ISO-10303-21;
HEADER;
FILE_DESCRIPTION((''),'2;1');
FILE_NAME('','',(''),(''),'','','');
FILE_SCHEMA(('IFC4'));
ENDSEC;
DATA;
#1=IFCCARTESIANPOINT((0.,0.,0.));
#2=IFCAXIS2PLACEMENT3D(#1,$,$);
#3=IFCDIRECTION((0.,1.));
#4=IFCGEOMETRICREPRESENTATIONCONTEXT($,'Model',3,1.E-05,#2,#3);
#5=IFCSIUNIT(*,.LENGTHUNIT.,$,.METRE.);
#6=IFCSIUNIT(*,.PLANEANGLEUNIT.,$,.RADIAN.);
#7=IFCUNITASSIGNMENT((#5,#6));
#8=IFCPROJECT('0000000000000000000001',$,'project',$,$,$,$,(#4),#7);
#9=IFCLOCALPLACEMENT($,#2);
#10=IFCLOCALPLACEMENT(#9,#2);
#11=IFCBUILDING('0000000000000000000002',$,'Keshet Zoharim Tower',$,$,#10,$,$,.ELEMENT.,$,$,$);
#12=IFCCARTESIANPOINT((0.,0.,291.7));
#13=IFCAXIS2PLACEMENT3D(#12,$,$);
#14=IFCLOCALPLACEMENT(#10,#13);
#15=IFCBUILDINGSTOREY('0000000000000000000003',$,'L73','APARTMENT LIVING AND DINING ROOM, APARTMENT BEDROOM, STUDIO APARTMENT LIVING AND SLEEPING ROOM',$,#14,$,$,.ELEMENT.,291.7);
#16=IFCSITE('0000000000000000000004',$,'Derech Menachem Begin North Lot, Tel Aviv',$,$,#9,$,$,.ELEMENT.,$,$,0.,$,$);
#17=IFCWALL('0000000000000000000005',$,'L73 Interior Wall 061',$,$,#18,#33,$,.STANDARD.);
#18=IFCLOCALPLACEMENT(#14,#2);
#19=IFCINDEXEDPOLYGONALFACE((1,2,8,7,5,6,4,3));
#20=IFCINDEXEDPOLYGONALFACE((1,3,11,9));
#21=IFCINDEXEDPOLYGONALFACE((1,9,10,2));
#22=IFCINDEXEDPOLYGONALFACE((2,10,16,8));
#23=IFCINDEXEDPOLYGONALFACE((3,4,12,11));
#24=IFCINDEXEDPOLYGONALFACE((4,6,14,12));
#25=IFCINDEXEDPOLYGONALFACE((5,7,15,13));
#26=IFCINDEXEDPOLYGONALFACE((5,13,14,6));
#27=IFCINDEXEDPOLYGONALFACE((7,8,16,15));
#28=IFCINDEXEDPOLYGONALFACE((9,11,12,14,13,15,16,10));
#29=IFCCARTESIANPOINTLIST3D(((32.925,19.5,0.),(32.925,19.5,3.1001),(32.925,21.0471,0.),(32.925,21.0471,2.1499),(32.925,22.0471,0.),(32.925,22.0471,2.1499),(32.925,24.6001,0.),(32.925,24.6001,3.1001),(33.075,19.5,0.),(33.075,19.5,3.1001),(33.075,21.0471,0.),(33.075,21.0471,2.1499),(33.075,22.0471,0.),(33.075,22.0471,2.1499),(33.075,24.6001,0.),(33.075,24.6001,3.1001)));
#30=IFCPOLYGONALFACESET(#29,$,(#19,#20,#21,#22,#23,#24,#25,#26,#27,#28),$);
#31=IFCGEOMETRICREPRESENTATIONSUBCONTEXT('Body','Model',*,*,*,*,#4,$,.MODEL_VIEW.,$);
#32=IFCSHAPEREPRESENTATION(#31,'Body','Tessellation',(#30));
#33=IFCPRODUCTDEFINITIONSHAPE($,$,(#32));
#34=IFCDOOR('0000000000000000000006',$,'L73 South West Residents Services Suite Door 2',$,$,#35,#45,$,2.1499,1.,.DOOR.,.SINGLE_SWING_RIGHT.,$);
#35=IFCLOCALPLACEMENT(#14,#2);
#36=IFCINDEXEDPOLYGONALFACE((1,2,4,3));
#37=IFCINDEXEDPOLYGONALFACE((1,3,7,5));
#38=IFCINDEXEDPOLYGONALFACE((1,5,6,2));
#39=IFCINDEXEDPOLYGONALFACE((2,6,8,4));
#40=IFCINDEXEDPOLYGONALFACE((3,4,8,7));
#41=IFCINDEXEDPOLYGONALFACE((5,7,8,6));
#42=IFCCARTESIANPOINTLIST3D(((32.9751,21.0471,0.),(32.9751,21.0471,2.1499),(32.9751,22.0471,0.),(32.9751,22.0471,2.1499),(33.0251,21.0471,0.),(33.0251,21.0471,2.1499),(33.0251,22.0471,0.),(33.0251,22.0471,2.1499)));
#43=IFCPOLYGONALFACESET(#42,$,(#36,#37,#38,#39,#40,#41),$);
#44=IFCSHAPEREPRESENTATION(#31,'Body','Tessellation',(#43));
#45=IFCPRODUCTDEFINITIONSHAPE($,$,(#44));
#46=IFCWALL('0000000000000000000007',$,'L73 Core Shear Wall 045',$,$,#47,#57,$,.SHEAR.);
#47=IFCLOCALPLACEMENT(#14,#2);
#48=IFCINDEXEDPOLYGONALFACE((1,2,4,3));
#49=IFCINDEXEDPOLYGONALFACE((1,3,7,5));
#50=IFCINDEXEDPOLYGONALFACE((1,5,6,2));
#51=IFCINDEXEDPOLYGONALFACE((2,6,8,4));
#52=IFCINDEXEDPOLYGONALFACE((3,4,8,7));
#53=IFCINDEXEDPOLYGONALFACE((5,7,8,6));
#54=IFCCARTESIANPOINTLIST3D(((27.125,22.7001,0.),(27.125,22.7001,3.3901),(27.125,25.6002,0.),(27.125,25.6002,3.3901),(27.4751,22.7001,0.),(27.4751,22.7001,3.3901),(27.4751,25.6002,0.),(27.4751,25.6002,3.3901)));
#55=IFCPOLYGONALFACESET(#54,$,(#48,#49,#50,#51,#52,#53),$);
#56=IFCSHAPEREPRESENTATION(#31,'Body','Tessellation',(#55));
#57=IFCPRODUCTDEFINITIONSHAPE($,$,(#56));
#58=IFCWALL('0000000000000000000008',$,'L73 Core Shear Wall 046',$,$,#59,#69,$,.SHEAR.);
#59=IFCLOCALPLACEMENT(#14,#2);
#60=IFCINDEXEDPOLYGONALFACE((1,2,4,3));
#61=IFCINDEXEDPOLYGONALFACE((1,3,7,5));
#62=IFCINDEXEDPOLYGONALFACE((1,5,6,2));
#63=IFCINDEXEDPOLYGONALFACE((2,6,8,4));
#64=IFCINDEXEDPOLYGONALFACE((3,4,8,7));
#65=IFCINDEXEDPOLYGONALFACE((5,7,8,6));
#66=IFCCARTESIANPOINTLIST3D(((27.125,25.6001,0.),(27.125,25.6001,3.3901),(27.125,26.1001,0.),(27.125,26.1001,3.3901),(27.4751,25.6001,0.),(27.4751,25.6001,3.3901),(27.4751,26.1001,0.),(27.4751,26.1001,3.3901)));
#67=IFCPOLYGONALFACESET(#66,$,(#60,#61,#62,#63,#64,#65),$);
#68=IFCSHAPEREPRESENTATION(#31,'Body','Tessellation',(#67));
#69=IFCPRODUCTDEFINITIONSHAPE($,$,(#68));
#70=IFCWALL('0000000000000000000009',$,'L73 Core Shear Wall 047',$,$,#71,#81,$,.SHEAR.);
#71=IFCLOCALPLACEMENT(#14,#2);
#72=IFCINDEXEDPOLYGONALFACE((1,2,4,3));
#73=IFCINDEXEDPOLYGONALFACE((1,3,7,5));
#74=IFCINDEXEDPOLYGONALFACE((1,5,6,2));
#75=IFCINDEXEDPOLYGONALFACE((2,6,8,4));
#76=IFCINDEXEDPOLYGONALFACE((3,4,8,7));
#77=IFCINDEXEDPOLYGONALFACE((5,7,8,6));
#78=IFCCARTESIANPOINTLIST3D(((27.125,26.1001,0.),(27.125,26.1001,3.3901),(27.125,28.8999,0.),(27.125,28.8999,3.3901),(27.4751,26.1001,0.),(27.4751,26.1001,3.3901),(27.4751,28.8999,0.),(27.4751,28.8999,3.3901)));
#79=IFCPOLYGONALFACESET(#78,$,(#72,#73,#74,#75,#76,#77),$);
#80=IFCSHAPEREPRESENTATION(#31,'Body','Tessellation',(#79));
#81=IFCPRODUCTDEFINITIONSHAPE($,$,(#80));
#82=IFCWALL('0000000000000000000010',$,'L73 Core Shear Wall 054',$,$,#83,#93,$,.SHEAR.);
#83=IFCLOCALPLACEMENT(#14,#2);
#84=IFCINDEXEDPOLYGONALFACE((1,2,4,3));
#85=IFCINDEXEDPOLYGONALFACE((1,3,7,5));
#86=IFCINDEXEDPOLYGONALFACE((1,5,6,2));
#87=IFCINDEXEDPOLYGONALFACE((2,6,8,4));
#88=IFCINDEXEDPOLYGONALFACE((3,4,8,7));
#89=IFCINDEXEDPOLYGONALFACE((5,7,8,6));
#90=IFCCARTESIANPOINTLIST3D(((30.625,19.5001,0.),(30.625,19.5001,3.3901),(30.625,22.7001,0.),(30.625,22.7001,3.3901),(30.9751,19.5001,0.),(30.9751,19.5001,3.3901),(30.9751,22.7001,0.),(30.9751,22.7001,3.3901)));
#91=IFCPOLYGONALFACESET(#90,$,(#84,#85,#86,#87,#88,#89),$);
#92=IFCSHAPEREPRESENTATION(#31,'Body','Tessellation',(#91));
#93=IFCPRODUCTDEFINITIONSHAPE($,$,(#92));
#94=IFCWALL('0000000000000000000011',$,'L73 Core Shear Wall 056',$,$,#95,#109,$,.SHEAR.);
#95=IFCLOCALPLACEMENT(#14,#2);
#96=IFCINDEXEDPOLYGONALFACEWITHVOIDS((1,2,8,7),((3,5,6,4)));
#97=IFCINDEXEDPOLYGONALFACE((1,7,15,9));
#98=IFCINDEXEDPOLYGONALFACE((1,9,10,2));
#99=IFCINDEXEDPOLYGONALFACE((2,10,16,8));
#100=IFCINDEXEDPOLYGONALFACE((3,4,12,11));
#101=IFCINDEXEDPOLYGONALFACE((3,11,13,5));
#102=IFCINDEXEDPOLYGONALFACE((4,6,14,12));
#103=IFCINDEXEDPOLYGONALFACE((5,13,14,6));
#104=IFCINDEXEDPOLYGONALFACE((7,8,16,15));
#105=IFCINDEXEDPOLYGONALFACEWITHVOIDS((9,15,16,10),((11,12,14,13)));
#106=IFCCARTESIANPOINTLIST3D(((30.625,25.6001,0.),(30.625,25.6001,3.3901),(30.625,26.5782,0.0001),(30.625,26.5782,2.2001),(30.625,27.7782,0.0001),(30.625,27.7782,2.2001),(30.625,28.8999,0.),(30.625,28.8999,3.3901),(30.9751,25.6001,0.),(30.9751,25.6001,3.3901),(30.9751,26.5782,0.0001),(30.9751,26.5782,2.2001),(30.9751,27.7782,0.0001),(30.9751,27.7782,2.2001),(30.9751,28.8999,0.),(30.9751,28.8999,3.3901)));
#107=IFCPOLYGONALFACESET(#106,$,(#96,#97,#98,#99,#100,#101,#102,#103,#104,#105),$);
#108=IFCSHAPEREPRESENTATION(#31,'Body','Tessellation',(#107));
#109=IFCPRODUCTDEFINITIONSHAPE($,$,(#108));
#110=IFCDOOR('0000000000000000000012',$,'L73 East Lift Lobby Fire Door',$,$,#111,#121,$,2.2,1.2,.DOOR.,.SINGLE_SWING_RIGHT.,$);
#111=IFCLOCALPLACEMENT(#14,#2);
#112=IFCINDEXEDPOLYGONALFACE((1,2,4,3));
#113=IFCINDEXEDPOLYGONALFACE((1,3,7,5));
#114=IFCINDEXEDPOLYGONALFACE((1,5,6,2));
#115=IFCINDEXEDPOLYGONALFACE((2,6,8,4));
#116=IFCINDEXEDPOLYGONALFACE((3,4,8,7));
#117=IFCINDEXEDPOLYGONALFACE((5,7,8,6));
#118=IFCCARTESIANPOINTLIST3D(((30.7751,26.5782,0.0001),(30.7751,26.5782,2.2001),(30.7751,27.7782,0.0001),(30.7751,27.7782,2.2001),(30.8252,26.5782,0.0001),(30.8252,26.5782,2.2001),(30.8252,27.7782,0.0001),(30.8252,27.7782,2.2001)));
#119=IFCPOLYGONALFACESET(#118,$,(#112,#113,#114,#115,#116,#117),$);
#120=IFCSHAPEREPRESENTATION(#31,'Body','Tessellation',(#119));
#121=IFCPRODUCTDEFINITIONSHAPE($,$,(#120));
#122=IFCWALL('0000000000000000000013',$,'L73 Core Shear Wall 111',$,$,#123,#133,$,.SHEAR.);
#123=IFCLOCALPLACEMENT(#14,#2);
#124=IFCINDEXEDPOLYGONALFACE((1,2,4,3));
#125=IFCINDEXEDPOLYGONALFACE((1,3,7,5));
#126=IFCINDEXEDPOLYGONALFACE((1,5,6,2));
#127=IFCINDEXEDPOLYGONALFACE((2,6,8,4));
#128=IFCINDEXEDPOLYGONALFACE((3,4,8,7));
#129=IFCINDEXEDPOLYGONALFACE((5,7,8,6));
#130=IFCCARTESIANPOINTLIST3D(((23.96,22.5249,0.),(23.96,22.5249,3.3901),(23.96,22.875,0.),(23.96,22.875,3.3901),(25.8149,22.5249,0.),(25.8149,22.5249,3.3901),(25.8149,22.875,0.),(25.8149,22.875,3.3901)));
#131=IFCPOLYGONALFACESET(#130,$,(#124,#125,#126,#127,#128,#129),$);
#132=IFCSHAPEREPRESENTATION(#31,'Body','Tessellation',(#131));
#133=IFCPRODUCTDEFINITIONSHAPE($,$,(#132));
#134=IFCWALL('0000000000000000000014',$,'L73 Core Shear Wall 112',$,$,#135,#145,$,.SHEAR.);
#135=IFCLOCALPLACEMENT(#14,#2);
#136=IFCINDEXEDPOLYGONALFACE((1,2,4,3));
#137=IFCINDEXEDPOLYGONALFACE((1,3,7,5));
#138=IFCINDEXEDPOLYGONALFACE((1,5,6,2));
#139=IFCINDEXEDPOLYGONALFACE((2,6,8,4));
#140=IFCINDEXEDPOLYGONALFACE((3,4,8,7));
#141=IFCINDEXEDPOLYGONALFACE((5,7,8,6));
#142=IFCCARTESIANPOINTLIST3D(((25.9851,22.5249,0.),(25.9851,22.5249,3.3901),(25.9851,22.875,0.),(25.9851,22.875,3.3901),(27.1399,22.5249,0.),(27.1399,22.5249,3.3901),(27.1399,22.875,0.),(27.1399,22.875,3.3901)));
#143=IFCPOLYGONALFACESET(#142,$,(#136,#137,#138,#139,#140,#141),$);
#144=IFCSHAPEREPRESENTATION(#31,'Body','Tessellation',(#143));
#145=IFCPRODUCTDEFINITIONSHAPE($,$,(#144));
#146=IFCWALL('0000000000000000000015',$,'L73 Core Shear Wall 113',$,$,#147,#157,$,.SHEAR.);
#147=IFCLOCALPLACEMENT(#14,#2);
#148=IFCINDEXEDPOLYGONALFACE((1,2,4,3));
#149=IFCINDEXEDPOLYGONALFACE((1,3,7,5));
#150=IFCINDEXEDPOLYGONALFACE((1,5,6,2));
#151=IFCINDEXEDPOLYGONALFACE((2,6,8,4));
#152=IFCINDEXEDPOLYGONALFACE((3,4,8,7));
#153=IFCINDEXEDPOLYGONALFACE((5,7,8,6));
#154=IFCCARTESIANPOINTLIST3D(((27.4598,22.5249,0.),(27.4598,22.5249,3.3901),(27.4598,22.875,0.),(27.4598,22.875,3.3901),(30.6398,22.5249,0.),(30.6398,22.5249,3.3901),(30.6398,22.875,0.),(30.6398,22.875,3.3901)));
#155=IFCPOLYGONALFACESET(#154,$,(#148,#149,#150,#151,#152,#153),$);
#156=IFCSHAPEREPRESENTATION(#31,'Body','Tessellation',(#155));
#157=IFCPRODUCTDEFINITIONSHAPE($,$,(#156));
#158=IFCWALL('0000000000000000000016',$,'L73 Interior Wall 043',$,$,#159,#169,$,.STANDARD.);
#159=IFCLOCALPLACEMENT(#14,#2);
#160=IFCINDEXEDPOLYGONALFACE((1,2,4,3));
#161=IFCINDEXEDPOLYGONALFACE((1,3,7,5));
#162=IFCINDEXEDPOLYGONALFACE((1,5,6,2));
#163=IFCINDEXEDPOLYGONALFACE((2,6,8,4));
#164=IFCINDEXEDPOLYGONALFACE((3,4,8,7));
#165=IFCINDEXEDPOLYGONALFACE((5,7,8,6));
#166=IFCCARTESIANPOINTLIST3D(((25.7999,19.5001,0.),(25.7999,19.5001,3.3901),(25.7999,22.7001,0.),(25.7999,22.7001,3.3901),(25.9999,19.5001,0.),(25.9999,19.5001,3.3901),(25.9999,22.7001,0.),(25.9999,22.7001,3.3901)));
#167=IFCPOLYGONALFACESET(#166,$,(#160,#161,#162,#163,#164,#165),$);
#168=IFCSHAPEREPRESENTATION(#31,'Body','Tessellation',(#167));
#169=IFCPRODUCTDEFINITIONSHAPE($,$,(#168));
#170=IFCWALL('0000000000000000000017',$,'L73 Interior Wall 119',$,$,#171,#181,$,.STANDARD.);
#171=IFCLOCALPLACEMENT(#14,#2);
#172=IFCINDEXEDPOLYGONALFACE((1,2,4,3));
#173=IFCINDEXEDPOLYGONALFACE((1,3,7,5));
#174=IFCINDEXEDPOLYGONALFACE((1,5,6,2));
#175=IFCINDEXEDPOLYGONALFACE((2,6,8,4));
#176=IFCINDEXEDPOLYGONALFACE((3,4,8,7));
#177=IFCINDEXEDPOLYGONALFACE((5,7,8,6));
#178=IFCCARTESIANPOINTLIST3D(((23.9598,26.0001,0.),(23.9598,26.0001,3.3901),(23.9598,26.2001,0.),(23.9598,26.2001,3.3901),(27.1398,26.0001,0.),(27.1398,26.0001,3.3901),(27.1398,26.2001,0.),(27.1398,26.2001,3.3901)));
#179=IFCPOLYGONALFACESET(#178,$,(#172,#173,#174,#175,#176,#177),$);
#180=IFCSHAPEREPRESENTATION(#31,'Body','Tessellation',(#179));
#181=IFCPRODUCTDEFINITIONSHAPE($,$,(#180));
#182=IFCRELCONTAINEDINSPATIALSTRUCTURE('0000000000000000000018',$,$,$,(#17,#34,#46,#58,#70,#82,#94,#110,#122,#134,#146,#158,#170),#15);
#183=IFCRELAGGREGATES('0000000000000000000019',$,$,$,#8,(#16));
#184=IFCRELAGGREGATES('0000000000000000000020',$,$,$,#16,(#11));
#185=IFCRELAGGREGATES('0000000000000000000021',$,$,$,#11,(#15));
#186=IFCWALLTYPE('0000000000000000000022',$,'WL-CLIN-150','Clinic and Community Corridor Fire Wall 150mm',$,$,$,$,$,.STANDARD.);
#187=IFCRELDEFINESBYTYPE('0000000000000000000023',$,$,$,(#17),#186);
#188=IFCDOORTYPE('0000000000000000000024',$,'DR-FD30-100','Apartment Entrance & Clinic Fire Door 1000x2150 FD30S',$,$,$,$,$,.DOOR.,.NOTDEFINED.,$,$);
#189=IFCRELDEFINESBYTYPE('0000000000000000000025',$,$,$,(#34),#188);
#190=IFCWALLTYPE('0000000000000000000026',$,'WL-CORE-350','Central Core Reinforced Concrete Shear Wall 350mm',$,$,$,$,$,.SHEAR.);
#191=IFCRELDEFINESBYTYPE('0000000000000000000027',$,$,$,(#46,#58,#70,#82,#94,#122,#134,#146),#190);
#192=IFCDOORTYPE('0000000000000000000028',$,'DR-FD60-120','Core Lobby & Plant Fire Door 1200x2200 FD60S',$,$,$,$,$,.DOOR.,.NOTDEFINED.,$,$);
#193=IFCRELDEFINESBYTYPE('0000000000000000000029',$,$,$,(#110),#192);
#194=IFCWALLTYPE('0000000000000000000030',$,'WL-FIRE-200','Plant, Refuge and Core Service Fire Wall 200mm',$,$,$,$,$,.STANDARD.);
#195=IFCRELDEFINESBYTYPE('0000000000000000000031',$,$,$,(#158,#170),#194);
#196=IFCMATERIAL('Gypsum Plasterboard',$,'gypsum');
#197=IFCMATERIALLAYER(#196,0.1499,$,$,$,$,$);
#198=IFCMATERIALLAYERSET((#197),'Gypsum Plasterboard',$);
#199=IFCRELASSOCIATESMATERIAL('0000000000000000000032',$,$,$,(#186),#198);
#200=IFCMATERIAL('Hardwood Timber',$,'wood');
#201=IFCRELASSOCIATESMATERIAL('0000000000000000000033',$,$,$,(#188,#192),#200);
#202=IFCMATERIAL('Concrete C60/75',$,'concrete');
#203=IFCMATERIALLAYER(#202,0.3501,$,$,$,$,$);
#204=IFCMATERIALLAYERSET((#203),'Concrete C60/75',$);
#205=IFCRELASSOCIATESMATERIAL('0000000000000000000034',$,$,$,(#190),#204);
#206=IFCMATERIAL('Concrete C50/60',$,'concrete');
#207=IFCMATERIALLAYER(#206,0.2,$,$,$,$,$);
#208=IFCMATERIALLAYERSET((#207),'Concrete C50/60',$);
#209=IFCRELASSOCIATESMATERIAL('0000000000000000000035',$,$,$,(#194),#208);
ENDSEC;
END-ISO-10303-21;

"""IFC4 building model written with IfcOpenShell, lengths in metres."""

from ifc_helpers import new_model, si_unit, direction, frame, frame_2d, origin, place, context, subcontext, project, spatial, rectangle, extrude, material, layer, layer_set, type_object, element, fill, save


model = new_model("IFC4")

# Units and contexts
model_context = context("Model", 3, precision=1e-05, world=origin(), true_north=direction((0.0, 1.0)))
body_context = subcontext(model_context, "Body", "Model", "MODEL_VIEW")
ifc_project = project(units=[si_unit("LENGTHUNIT", "METRE"), si_unit("PLANEANGLEUNIT", "RADIAN")], contexts=[model_context])

# Site, building, storey
site_placement = place(None, origin())
site = spatial("IfcSite", under=ifc_project, at=site_placement, Name="Derech Menachem Begin North Lot, Tel Aviv", CompositionType="ELEMENT", RefElevation=0.0)
building_placement = place(site_placement, origin())
building = spatial("IfcBuilding", under=site, at=building_placement, Name="Keshet Zoharim Tower", CompositionType="ELEMENT")
storey_placement = place(building_placement, frame((0.0, 0.0, 291.7)))
storey = spatial("IfcBuildingStorey", under=building, at=storey_placement, Name="L73", Description="APARTMENT LIVING AND DINING ROOM, APARTMENT BEDROOM, STUDIO APARTMENT LIVING AND SLEEPING ROOM", CompositionType="ELEMENT", Elevation=291.7)

# Shared definitions
ifc_material_1 = material(Name="Concrete C50/60", Category="concrete")

# Shared definitions
ifc_material_2 = material(Name="Gypsum Plasterboard", Category="gypsum")
ifc_layer_1 = layer(ifc_material_2, 0.1499)
ifc_layer_set_1 = layer_set([ifc_layer_1], Name="Gypsum Plasterboard")
wall_type_1 = type_object("IfcWallType", Name="WL-CLIN-150", Description="Clinic and Community Corridor Fire Wall 150mm", PredefinedType="STANDARD", material=ifc_layer_set_1)

# Wall, opening, door
wall_1_placement = place(storey_placement, frame((33.0, 19.5, 0.0), z_axis=(0.0, 0.0, 1.0), x_axis=(0.0, 1.0, 0.0)))
wall_1 = element("IfcWall", 1, at=wall_1_placement, inside=storey, type_object=wall_type_1, Name="L73 Interior Wall 061", PredefinedType="STANDARD", context=body_context, shape_type="SweptSolid", body=[
    extrude(rectangle(XDim=5.1001, YDim=0.1499, at=frame_2d((2.55, 0.0))), origin(), (0.0, 0.0, 1.0), 3.1001),
])
opening_1_placement = place(wall_1_placement, frame((1.5471, 0.0, 0.0)))
opening_1 = element("IfcOpeningElement", 2, at=opening_1_placement, cuts=wall_1, PredefinedType="OPENING", context=body_context, shape_type="SweptSolid", body=[
    extrude(rectangle(XDim=1.0, YDim=2.1499, at=frame_2d((0.5, 1.075))), frame((0.0, 0.085, 0.0), z_axis=(0.0, -1.0, 0.0), x_axis=(1.0, 0.0, 0.0)), (0.0, 0.0, 1.0), 0.1699),
])
ifc_material_3 = material(Name="Hardwood Timber", Category="wood")
door_type_1 = type_object("IfcDoorType", Name="DR-FD30-100", Description="Apartment Entrance & Clinic Fire Door 1000x2150 FD30S", OperationType="NOTDEFINED", PredefinedType="DOOR", material=ifc_material_3)
door_1_placement = place(opening_1_placement, origin())
door_1 = element("IfcDoor", 3, at=door_1_placement, inside=storey, type_object=door_type_1, Name="L73 South West Residents Services Suite Door 2", OperationType="SINGLE_SWING_RIGHT", OverallHeight=2.1499, OverallWidth=1.0, PredefinedType="DOOR", context=body_context, shape_type="SweptSolid", body=[
    extrude(rectangle(XDim=1.0, YDim=2.1499, at=frame_2d((0.5, 1.075))), frame((0.0, 0.0249, 0.0), z_axis=(0.0, -1.0, 0.0), x_axis=(1.0, 0.0, 0.0)), (0.0, 0.0, 1.0), 0.05),
])
fill(opening_1, door_1)
ifc_material_4 = material(Name="Concrete C60/75", Category="concrete")
ifc_layer_2 = layer(ifc_material_4, 0.3501)
ifc_layer_set_2 = layer_set([ifc_layer_2], Name="Concrete C60/75")
wall_type_2 = type_object("IfcWallType", Name="WL-CORE-350", Description="Central Core Reinforced Concrete Shear Wall 350mm", PredefinedType="SHEAR", material=ifc_layer_set_2)

# Walls
wall_2_placement = place(storey_placement, frame((27.3, 22.7, 0.0), z_axis=(0.0, 0.0, 1.0), x_axis=(0.0, 1.0, 0.0)))
element("IfcWall", 4, at=wall_2_placement, inside=storey, type_object=wall_type_2, Name="L73 Core Shear Wall 045", PredefinedType="SHEAR", context=body_context, shape_type="SweptSolid", body=[
    extrude(rectangle(XDim=2.9001, YDim=0.3501, at=frame_2d((1.4502, 0.0))), origin(), (0.0, 0.0, 1.0), 3.3901),
])
wall_3_placement = place(storey_placement, frame((27.3, 25.6001, 0.0), z_axis=(0.0, 0.0, 1.0), x_axis=(0.0, 1.0, 0.0)))
element("IfcWall", 5, at=wall_3_placement, inside=storey, type_object=wall_type_2, Name="L73 Core Shear Wall 046", PredefinedType="SHEAR", context=body_context, shape_type="SweptSolid", body=[
    extrude(rectangle(XDim=0.5, YDim=0.3501, at=frame_2d((0.25, 0.0))), origin(), (0.0, 0.0, 1.0), 3.3901),
])
wall_4_placement = place(storey_placement, frame((27.3, 26.1001, 0.0), z_axis=(0.0, 0.0, 1.0), x_axis=(0.0, 1.0, 0.0)))
element("IfcWall", 6, at=wall_4_placement, inside=storey, type_object=wall_type_2, Name="L73 Core Shear Wall 047", PredefinedType="SHEAR", context=body_context, shape_type="SweptSolid", body=[
    extrude(rectangle(XDim=2.7998, YDim=0.3501, at=frame_2d((1.3999, 0.0))), origin(), (0.0, 0.0, 1.0), 3.3901),
])
wall_5_placement = place(storey_placement, frame((30.8, 19.5, 0.0), z_axis=(0.0, 0.0, 1.0), x_axis=(0.0, 1.0, 0.0)))
element("IfcWall", 7, at=wall_5_placement, inside=storey, type_object=wall_type_2, Name="L73 Core Shear Wall 054", PredefinedType="SHEAR", context=body_context, shape_type="SweptSolid", body=[
    extrude(rectangle(XDim=3.2, YDim=0.3501, at=frame_2d((1.6001, 0.0))), origin(), (0.0, 0.0, 1.0), 3.3901),
])

# Wall, opening, door
wall_6_placement = place(storey_placement, frame((30.8, 25.6001, 0.0), z_axis=(0.0, 0.0, 1.0), x_axis=(0.0, 1.0, 0.0)))
wall_6 = element("IfcWall", 8, at=wall_6_placement, inside=storey, type_object=wall_type_2, Name="L73 Core Shear Wall 056", PredefinedType="SHEAR", context=body_context, shape_type="SweptSolid", body=[
    extrude(rectangle(XDim=3.2998, YDim=0.3501, at=frame_2d((1.6499, 0.0))), origin(), (0.0, 0.0, 1.0), 3.3901),
])
opening_2_placement = place(wall_6_placement, frame((0.978, 0.0, 0.0)))
opening_2 = element("IfcOpeningElement", 9, at=opening_2_placement, cuts=wall_6, PredefinedType="OPENING", context=body_context, shape_type="SweptSolid", body=[
    extrude(rectangle(XDim=1.2, YDim=2.2, at=frame_2d((0.6001, 1.1001))), frame((0.0, 0.1851, 0.0), z_axis=(0.0, -1.0, 0.0), x_axis=(1.0, 0.0, 0.0)), (0.0, 0.0, 1.0), 0.3701),
])
door_type_2 = type_object("IfcDoorType", Name="DR-FD60-120", Description="Core Lobby & Plant Fire Door 1200x2200 FD60S", OperationType="NOTDEFINED", PredefinedType="DOOR", material=ifc_material_3)
door_2_placement = place(opening_2_placement, origin())
door_2 = element("IfcDoor", 10, at=door_2_placement, inside=storey, type_object=door_type_2, Name="L73 East Lift Lobby Fire Door", OperationType="SINGLE_SWING_RIGHT", OverallHeight=2.2, OverallWidth=1.2, PredefinedType="DOOR", context=body_context, shape_type="SweptSolid", body=[
    extrude(rectangle(XDim=1.2, YDim=2.2, at=frame_2d((0.6001, 1.1001))), frame((0.0, 0.0249, 0.0), z_axis=(0.0, -1.0, 0.0), x_axis=(1.0, 0.0, 0.0)), (0.0, 0.0, 1.0), 0.05),
])
fill(opening_2, door_2)

# Walls
wall_7_placement = place(storey_placement, frame((23.96, 22.7, 0.0), z_axis=(0.0, 0.0, 1.0), x_axis=(1.0, 0.0, 0.0)))
element("IfcWall", 11, at=wall_7_placement, inside=storey, type_object=wall_type_2, Name="L73 Core Shear Wall 111", PredefinedType="SHEAR", context=body_context, shape_type="SweptSolid", body=[
    extrude(rectangle(XDim=1.855, YDim=0.3501, at=frame_2d((0.9275, 0.0))), origin(), (0.0, 0.0, 1.0), 3.3901),
])
wall_8_placement = place(storey_placement, frame((25.9851, 22.7, 0.0), z_axis=(0.0, 0.0, 1.0), x_axis=(1.0, 0.0, 0.0)))
element("IfcWall", 12, at=wall_8_placement, inside=storey, type_object=wall_type_2, Name="L73 Core Shear Wall 112", PredefinedType="SHEAR", context=body_context, shape_type="SweptSolid", body=[
    extrude(rectangle(XDim=1.1548, YDim=0.3501, at=frame_2d((0.5774, 0.0))), origin(), (0.0, 0.0, 1.0), 3.3901),
])
wall_9_placement = place(storey_placement, frame((27.46, 22.7, 0.0), z_axis=(0.0, 0.0, 1.0), x_axis=(1.0, 0.0, 0.0)))
element("IfcWall", 13, at=wall_9_placement, inside=storey, type_object=wall_type_2, Name="L73 Core Shear Wall 113", PredefinedType="SHEAR", context=body_context, shape_type="SweptSolid", body=[
    extrude(rectangle(XDim=3.1799, YDim=0.3501, at=frame_2d((1.5898, 0.0))), origin(), (0.0, 0.0, 1.0), 3.3901),
])

# Wall
ifc_layer_3 = layer(ifc_material_1, 0.2)
ifc_layer_set_3 = layer_set([ifc_layer_3], Name="Concrete C50/60")
wall_type_3 = type_object("IfcWallType", Name="WL-FIRE-200", Description="Plant, Refuge and Core Service Fire Wall 200mm", PredefinedType="STANDARD", material=ifc_layer_set_3)
wall_10_placement = place(storey_placement, frame((25.8999, 19.5, 0.0), z_axis=(0.0, 0.0, 1.0), x_axis=(0.0, 1.0, 0.0)))
element("IfcWall", 14, at=wall_10_placement, inside=storey, type_object=wall_type_3, Name="L73 Interior Wall 043", PredefinedType="STANDARD", context=body_context, shape_type="SweptSolid", body=[
    extrude(rectangle(XDim=3.2, YDim=0.2, at=frame_2d((1.6001, 0.0))), origin(), (0.0, 0.0, 1.0), 3.3901),
])

# Wall
wall_11_placement = place(storey_placement, frame((23.96, 26.1001, 0.0), z_axis=(0.0, 0.0, 1.0), x_axis=(1.0, 0.0, 0.0)))
element("IfcWall", 15, at=wall_11_placement, inside=storey, type_object=wall_type_3, Name="L73 Interior Wall 119", PredefinedType="STANDARD", context=body_context, shape_type="SweptSolid", body=[
    extrude(rectangle(XDim=3.1799, YDim=0.2, at=frame_2d((1.5898, 0.0))), origin(), (0.0, 0.0, 1.0), 3.3901),
])

save(model, "model.ifc")
